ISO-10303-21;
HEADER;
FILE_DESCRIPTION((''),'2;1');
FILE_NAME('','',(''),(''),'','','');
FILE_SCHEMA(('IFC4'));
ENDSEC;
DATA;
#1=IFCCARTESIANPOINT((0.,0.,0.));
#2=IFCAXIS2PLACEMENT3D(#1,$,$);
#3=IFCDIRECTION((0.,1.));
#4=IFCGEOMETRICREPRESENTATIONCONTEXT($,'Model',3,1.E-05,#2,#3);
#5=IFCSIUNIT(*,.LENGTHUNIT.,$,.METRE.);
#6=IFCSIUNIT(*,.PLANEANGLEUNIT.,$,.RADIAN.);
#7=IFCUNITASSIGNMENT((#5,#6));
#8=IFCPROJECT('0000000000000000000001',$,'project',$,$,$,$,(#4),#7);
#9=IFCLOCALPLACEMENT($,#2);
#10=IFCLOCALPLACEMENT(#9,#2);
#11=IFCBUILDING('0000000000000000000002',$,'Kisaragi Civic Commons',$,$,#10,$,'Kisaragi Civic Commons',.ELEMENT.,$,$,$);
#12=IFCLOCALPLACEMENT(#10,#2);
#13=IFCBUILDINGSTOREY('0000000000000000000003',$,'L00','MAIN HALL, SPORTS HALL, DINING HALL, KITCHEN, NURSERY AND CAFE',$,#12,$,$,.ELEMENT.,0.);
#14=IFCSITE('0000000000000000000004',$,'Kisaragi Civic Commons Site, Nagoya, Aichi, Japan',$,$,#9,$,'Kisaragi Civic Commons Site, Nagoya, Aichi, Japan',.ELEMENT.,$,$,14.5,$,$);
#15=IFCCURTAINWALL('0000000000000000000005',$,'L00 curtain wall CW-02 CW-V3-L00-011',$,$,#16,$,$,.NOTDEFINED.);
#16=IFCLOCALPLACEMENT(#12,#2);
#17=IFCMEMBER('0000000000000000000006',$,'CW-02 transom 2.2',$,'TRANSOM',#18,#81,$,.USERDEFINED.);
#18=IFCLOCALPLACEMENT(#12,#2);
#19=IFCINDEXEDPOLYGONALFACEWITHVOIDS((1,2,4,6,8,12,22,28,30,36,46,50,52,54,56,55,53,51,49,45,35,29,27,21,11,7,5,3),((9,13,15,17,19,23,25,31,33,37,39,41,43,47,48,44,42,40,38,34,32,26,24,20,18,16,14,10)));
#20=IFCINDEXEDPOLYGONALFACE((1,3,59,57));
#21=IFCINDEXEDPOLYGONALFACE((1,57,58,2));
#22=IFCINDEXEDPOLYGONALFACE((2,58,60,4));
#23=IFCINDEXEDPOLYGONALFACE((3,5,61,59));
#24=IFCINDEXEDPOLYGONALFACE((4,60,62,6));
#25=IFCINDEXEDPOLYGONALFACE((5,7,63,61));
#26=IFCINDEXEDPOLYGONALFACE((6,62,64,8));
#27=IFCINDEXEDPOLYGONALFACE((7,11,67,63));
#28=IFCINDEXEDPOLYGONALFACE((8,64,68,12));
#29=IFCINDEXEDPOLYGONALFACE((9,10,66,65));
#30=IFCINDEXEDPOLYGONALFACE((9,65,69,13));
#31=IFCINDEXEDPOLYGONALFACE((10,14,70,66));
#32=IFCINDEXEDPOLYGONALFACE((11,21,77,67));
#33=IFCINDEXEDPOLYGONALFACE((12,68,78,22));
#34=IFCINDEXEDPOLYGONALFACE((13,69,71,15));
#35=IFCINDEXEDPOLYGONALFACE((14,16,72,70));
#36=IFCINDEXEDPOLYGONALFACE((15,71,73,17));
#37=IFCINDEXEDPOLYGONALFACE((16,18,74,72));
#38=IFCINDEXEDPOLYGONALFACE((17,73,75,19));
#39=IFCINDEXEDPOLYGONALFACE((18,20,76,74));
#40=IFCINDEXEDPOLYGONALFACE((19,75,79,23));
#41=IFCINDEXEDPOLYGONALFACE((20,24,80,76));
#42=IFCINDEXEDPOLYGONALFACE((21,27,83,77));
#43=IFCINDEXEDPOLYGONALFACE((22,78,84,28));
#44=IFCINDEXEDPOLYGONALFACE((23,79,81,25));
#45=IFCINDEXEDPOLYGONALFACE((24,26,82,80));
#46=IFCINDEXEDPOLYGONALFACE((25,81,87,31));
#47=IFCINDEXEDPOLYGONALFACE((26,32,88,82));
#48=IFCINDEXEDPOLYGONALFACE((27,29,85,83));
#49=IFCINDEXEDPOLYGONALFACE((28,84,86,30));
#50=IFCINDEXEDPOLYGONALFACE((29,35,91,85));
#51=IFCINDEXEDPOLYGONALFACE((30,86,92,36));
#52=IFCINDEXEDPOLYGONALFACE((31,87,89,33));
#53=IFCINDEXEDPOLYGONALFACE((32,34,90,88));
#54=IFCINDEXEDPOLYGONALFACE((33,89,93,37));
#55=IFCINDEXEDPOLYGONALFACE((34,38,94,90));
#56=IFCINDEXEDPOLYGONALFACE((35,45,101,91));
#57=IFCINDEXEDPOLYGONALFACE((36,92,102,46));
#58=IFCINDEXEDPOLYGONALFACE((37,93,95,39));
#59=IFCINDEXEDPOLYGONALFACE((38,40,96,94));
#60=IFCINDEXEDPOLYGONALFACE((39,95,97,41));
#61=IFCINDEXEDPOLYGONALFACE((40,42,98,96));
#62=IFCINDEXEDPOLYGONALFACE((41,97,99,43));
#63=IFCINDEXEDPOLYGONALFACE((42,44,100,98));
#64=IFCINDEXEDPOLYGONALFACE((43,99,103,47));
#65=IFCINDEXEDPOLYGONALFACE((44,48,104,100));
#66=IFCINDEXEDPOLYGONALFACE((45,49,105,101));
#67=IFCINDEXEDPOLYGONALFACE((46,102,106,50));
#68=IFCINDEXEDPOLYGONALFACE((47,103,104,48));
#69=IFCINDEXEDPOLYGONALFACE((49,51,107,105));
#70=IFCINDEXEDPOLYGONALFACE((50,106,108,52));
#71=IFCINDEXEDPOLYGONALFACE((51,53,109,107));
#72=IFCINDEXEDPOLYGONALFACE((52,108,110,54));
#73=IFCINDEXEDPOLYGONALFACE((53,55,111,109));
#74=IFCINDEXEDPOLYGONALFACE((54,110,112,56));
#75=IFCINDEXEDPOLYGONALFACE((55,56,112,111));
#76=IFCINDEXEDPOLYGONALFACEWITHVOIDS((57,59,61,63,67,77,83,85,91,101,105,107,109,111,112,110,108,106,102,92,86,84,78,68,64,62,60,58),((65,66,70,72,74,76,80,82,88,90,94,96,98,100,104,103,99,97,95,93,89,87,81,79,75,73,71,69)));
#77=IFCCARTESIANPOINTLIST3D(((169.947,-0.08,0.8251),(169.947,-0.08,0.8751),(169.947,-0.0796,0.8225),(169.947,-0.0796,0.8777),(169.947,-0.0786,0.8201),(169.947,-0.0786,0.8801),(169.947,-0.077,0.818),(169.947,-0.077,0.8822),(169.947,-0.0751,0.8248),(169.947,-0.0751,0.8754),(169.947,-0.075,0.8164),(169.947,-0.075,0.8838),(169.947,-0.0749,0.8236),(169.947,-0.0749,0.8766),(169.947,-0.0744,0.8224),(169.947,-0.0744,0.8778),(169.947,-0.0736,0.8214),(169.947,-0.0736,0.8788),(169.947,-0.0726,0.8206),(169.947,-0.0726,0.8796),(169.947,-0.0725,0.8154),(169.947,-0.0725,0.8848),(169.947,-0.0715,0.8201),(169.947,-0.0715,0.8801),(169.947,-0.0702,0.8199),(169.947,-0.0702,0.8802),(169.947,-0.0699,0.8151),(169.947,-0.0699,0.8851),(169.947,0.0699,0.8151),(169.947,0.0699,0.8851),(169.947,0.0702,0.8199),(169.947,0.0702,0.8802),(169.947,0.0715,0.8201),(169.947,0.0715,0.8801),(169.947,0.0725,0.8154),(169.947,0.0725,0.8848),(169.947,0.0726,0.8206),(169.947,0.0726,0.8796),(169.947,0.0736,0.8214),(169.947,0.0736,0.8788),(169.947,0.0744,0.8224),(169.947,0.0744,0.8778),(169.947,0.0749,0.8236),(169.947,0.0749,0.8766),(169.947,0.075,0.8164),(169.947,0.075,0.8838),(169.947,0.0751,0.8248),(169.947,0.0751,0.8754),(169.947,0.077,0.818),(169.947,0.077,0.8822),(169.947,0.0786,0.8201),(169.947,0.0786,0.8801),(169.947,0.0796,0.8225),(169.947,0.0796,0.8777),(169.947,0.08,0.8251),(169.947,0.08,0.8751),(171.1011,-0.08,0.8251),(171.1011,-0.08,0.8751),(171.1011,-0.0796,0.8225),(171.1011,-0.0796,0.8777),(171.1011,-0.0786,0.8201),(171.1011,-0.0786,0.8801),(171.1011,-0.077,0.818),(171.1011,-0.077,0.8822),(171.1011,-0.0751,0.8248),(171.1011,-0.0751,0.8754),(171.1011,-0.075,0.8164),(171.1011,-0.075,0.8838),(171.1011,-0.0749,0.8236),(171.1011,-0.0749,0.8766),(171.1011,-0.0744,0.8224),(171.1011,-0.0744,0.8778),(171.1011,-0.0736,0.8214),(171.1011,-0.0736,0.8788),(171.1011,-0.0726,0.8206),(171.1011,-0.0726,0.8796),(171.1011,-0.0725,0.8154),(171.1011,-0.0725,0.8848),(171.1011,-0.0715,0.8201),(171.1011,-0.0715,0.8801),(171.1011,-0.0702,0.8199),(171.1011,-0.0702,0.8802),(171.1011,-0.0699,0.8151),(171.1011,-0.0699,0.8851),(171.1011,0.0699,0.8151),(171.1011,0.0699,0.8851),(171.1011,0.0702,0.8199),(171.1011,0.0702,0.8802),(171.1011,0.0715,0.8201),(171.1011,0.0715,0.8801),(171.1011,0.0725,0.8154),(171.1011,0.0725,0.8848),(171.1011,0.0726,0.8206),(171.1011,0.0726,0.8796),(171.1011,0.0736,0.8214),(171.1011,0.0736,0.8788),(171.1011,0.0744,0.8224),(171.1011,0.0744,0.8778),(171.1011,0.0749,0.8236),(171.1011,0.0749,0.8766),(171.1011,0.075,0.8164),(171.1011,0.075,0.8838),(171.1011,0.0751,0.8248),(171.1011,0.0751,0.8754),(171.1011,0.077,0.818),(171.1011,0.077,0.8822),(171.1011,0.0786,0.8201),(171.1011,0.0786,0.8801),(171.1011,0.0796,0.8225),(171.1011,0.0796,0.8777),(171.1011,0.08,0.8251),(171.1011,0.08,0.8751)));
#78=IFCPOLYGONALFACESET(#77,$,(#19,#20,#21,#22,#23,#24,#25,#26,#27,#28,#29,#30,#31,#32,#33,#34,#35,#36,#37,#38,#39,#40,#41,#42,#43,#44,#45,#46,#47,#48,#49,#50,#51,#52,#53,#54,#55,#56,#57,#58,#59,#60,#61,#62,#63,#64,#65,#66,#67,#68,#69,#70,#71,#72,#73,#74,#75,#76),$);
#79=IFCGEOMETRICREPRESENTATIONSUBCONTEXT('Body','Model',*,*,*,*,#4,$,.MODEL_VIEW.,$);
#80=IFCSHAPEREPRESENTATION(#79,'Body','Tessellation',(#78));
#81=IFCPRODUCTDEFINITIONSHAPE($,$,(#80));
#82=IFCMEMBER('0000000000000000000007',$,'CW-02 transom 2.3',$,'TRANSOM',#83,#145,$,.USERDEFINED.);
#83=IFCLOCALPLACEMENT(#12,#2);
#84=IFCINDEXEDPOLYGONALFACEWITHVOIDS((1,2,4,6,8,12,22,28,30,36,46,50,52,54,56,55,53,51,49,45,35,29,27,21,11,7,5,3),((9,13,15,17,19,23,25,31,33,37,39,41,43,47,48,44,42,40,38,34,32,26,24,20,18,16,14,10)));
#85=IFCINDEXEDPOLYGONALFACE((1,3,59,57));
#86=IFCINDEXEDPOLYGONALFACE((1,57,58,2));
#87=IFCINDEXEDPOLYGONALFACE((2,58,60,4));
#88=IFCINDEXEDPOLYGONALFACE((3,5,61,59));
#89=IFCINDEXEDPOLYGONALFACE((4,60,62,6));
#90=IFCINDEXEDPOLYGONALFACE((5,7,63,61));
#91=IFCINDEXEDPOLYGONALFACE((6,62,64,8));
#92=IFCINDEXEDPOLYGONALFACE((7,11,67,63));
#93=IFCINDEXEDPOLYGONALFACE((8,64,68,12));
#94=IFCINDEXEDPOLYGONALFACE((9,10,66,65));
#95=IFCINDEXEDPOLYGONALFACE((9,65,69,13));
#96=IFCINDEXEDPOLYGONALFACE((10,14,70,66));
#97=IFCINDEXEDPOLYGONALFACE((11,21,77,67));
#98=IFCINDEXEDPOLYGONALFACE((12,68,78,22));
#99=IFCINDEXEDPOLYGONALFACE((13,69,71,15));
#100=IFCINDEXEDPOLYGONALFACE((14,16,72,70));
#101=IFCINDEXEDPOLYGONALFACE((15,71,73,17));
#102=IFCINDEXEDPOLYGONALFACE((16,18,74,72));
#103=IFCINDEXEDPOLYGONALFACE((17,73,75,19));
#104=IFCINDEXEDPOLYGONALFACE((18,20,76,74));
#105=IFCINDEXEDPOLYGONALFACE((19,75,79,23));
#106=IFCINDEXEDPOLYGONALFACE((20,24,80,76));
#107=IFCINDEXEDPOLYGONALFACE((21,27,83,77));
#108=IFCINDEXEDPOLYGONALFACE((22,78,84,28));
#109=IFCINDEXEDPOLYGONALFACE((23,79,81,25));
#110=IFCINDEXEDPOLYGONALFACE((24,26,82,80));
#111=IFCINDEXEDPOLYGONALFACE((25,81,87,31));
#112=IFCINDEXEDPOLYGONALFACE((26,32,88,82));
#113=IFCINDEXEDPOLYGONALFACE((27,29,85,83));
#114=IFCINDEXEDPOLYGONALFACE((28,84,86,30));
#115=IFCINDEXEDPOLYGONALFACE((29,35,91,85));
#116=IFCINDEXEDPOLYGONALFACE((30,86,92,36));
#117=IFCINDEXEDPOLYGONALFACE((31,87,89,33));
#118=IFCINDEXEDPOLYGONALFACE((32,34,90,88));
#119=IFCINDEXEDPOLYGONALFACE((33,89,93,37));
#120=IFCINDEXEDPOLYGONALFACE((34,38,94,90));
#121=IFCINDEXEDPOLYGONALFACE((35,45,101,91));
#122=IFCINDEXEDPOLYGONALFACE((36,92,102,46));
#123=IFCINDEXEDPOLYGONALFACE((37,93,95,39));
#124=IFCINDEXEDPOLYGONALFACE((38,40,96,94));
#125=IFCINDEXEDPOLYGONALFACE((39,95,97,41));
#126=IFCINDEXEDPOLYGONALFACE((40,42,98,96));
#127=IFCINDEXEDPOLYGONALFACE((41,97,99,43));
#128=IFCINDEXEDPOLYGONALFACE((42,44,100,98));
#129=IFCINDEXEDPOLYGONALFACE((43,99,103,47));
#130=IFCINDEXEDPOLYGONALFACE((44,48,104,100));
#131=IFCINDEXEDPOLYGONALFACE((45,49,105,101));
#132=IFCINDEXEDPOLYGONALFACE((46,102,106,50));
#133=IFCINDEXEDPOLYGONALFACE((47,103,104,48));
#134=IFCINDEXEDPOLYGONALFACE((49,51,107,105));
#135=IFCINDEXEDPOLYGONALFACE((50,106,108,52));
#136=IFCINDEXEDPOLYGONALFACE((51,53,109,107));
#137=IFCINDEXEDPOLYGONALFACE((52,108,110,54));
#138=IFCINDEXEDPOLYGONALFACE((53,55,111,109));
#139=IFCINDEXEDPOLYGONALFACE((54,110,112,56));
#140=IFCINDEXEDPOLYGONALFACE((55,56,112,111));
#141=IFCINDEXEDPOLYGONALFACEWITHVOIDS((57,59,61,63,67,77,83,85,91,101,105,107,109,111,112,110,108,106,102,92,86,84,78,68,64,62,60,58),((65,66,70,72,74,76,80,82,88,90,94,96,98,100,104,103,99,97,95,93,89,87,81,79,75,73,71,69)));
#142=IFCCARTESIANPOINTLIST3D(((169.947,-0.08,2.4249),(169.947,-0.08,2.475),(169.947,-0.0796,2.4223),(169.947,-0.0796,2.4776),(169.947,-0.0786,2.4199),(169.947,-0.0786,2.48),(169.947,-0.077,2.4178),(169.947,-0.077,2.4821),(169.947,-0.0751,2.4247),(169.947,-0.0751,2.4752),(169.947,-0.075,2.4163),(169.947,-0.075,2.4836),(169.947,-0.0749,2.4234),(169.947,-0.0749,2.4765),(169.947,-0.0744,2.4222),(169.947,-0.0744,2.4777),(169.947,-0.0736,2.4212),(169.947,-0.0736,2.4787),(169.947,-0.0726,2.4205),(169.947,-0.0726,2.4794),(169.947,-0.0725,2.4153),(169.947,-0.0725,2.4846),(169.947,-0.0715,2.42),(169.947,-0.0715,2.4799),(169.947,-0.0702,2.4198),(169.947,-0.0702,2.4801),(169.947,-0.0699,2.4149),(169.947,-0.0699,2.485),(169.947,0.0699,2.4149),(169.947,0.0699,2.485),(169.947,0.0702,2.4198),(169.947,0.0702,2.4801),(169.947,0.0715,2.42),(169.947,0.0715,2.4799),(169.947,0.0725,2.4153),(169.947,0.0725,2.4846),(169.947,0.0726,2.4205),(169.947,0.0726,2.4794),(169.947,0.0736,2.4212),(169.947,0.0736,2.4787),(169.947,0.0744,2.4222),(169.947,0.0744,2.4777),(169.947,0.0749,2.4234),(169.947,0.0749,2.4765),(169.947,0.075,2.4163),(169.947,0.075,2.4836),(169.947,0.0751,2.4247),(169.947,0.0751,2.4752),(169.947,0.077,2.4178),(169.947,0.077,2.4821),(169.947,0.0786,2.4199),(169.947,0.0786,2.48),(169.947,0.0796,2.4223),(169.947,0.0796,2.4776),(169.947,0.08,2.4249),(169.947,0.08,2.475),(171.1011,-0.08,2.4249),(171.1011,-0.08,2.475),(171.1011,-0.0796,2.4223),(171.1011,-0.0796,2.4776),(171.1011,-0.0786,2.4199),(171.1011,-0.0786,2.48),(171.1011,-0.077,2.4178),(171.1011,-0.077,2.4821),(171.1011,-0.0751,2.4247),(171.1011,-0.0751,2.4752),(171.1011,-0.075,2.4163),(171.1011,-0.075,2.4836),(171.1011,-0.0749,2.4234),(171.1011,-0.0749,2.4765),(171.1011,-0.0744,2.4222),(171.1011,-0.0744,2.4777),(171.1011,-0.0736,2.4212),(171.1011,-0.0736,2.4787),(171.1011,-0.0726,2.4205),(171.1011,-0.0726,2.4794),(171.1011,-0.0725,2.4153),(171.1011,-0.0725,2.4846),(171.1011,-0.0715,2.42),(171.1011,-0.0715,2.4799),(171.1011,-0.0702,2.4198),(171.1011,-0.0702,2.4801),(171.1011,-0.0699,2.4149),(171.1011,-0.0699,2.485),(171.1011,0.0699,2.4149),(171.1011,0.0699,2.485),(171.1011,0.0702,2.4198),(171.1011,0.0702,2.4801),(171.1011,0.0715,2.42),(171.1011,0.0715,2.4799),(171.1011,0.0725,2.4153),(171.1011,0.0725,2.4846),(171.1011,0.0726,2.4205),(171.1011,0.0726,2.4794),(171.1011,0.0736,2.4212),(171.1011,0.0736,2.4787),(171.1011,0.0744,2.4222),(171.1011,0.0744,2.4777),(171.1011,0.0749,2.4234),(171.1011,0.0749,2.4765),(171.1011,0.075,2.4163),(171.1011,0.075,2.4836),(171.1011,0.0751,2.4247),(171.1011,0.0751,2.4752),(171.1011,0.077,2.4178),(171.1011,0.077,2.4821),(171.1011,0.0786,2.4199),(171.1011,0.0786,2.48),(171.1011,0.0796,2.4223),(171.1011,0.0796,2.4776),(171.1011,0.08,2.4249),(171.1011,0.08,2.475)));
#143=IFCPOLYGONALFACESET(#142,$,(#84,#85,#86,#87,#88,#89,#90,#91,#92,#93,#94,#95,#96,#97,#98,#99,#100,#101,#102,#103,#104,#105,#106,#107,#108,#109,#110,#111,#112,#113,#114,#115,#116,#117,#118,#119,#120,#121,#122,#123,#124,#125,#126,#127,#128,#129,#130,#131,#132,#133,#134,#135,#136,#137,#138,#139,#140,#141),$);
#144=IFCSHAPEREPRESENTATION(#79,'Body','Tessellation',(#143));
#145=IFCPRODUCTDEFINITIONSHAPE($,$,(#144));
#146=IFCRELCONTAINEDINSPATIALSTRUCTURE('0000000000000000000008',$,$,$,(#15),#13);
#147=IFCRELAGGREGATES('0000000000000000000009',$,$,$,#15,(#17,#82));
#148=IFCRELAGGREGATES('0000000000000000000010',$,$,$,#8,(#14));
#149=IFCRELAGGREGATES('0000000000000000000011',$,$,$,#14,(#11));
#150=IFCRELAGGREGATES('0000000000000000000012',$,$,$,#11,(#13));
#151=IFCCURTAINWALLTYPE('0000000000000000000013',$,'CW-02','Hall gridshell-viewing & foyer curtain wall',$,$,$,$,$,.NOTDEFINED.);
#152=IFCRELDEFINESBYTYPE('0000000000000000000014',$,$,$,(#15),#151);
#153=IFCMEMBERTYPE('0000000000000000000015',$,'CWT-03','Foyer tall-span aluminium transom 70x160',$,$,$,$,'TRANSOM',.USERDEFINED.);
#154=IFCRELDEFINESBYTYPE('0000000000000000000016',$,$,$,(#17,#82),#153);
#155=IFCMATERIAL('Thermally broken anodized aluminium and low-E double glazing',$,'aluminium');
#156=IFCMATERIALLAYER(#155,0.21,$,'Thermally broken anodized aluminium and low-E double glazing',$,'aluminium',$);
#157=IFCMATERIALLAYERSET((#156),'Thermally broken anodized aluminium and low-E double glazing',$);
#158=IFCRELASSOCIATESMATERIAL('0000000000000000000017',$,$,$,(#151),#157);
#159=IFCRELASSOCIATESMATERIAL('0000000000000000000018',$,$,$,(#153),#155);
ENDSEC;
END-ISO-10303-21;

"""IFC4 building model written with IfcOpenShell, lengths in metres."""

from ifc_helpers import new_model, si_unit, direction, frame, origin, origin_2d, place, context, subcontext, project, spatial, hollow_rectangle, extrude, material, layer, layer_set, material_profile, profile_set, type_object, element, aggregate, save


model = new_model("IFC4")

# Units and contexts
model_context = context("Model", 3, precision=1e-05, world=origin(), true_north=direction((0.0, 1.0)))
body_context = subcontext(model_context, "Body", "Model", "MODEL_VIEW")
ifc_project = project(units=[si_unit("LENGTHUNIT", "METRE"), si_unit("PLANEANGLEUNIT", "RADIAN")], contexts=[model_context])

# Site, building, storey
site_placement = place(None, origin())
site = spatial("IfcSite", under=ifc_project, at=site_placement, Name="Kisaragi Civic Commons Site, Nagoya, Aichi, Japan", LongName="Kisaragi Civic Commons Site, Nagoya, Aichi, Japan", CompositionType="ELEMENT", RefElevation=14.5)
building_placement = place(site_placement, origin())
building = spatial("IfcBuilding", under=site, at=building_placement, Name="Kisaragi Civic Commons", LongName="Kisaragi Civic Commons", CompositionType="ELEMENT")
storey_placement = place(building_placement, origin())
storey = spatial("IfcBuildingStorey", under=building, at=storey_placement, Name="L00", Description="MAIN HALL, SPORTS HALL, DINING HALL, KITCHEN, NURSERY AND CAFE", CompositionType="ELEMENT", Elevation=0.0)

# Curtain wall, members
ifc_material_1 = material(Name="Thermally broken anodized aluminium and low-E double glazing", Category="aluminium")
ifc_layer_1 = layer(ifc_material_1, 0.21, Name="Thermally broken anodized aluminium and low-E double glazing", Category="aluminium")
ifc_layer_set_1 = layer_set([ifc_layer_1], Name="Thermally broken anodized aluminium and low-E double glazing")
curtain_wall_type = type_object("IfcCurtainWallType", Name="CW-02", Description="Hall gridshell-viewing & foyer curtain wall", PredefinedType="NOTDEFINED", material=ifc_layer_set_1)
curtain_wall_placement = place(storey_placement, origin())
curtain_wall = element("IfcCurtainWall", 1, at=curtain_wall_placement, inside=storey, type_object=curtain_wall_type, Name="L00 curtain wall CW-02 CW-V3-L00-011", PredefinedType="NOTDEFINED")
ifc_material_profile_1 = material_profile(ifc_material_1, hollow_rectangle(XDim=0.1599, YDim=0.0701, WallThickness=0.0049, InnerFilletRadius=0.0049, OuterFilletRadius=0.01, at=origin_2d()), Name="CWT-70x160x5", Category="aluminium")
ifc_profile_set_1 = profile_set([ifc_material_profile_1], Name="Thermally broken anodized aluminium and low-E double glazing")
member_type_1 = type_object("IfcMemberType", Name="CWT-03", Description="Foyer tall-span aluminium transom 70x160", ElementType="TRANSOM", PredefinedType="USERDEFINED", material=ifc_profile_set_1)
member_1_placement = place(storey_placement, frame((171.1011, 0.0, 0.8501), z_axis=(-1.0, 0.0, 0.0), x_axis=(0.0, -1.0, 0.0)))
member_1 = element("IfcMember", 2, at=member_1_placement, type_object=member_type_1, Name="CW-02 transom 2.2", ObjectType="TRANSOM", PredefinedType="USERDEFINED", context=body_context, shape_type="SweptSolid", body=[
    extrude(hollow_rectangle(XDim=0.1599, YDim=0.0701, WallThickness=0.0049, InnerFilletRadius=0.0049, OuterFilletRadius=0.01, at=origin_2d()), origin(), (0.0, 0.0, 1.0), 1.1541),
])
member_2_placement = place(storey_placement, frame((171.1011, 0.0, 2.45), z_axis=(-1.0, 0.0, 0.0), x_axis=(0.0, -1.0, 0.0)))
member_2 = element("IfcMember", 3, at=member_2_placement, type_object=member_type_1, Name="CW-02 transom 2.3", ObjectType="TRANSOM", PredefinedType="USERDEFINED", context=body_context, shape_type="SweptSolid", body=[
    extrude(hollow_rectangle(XDim=0.1599, YDim=0.0701, WallThickness=0.0049, InnerFilletRadius=0.0049, OuterFilletRadius=0.01, at=origin_2d()), origin(), (0.0, 0.0, 1.0), 1.1541),
])

aggregate(curtain_wall, [member_1, member_2])

save(model, "model.ifc")
